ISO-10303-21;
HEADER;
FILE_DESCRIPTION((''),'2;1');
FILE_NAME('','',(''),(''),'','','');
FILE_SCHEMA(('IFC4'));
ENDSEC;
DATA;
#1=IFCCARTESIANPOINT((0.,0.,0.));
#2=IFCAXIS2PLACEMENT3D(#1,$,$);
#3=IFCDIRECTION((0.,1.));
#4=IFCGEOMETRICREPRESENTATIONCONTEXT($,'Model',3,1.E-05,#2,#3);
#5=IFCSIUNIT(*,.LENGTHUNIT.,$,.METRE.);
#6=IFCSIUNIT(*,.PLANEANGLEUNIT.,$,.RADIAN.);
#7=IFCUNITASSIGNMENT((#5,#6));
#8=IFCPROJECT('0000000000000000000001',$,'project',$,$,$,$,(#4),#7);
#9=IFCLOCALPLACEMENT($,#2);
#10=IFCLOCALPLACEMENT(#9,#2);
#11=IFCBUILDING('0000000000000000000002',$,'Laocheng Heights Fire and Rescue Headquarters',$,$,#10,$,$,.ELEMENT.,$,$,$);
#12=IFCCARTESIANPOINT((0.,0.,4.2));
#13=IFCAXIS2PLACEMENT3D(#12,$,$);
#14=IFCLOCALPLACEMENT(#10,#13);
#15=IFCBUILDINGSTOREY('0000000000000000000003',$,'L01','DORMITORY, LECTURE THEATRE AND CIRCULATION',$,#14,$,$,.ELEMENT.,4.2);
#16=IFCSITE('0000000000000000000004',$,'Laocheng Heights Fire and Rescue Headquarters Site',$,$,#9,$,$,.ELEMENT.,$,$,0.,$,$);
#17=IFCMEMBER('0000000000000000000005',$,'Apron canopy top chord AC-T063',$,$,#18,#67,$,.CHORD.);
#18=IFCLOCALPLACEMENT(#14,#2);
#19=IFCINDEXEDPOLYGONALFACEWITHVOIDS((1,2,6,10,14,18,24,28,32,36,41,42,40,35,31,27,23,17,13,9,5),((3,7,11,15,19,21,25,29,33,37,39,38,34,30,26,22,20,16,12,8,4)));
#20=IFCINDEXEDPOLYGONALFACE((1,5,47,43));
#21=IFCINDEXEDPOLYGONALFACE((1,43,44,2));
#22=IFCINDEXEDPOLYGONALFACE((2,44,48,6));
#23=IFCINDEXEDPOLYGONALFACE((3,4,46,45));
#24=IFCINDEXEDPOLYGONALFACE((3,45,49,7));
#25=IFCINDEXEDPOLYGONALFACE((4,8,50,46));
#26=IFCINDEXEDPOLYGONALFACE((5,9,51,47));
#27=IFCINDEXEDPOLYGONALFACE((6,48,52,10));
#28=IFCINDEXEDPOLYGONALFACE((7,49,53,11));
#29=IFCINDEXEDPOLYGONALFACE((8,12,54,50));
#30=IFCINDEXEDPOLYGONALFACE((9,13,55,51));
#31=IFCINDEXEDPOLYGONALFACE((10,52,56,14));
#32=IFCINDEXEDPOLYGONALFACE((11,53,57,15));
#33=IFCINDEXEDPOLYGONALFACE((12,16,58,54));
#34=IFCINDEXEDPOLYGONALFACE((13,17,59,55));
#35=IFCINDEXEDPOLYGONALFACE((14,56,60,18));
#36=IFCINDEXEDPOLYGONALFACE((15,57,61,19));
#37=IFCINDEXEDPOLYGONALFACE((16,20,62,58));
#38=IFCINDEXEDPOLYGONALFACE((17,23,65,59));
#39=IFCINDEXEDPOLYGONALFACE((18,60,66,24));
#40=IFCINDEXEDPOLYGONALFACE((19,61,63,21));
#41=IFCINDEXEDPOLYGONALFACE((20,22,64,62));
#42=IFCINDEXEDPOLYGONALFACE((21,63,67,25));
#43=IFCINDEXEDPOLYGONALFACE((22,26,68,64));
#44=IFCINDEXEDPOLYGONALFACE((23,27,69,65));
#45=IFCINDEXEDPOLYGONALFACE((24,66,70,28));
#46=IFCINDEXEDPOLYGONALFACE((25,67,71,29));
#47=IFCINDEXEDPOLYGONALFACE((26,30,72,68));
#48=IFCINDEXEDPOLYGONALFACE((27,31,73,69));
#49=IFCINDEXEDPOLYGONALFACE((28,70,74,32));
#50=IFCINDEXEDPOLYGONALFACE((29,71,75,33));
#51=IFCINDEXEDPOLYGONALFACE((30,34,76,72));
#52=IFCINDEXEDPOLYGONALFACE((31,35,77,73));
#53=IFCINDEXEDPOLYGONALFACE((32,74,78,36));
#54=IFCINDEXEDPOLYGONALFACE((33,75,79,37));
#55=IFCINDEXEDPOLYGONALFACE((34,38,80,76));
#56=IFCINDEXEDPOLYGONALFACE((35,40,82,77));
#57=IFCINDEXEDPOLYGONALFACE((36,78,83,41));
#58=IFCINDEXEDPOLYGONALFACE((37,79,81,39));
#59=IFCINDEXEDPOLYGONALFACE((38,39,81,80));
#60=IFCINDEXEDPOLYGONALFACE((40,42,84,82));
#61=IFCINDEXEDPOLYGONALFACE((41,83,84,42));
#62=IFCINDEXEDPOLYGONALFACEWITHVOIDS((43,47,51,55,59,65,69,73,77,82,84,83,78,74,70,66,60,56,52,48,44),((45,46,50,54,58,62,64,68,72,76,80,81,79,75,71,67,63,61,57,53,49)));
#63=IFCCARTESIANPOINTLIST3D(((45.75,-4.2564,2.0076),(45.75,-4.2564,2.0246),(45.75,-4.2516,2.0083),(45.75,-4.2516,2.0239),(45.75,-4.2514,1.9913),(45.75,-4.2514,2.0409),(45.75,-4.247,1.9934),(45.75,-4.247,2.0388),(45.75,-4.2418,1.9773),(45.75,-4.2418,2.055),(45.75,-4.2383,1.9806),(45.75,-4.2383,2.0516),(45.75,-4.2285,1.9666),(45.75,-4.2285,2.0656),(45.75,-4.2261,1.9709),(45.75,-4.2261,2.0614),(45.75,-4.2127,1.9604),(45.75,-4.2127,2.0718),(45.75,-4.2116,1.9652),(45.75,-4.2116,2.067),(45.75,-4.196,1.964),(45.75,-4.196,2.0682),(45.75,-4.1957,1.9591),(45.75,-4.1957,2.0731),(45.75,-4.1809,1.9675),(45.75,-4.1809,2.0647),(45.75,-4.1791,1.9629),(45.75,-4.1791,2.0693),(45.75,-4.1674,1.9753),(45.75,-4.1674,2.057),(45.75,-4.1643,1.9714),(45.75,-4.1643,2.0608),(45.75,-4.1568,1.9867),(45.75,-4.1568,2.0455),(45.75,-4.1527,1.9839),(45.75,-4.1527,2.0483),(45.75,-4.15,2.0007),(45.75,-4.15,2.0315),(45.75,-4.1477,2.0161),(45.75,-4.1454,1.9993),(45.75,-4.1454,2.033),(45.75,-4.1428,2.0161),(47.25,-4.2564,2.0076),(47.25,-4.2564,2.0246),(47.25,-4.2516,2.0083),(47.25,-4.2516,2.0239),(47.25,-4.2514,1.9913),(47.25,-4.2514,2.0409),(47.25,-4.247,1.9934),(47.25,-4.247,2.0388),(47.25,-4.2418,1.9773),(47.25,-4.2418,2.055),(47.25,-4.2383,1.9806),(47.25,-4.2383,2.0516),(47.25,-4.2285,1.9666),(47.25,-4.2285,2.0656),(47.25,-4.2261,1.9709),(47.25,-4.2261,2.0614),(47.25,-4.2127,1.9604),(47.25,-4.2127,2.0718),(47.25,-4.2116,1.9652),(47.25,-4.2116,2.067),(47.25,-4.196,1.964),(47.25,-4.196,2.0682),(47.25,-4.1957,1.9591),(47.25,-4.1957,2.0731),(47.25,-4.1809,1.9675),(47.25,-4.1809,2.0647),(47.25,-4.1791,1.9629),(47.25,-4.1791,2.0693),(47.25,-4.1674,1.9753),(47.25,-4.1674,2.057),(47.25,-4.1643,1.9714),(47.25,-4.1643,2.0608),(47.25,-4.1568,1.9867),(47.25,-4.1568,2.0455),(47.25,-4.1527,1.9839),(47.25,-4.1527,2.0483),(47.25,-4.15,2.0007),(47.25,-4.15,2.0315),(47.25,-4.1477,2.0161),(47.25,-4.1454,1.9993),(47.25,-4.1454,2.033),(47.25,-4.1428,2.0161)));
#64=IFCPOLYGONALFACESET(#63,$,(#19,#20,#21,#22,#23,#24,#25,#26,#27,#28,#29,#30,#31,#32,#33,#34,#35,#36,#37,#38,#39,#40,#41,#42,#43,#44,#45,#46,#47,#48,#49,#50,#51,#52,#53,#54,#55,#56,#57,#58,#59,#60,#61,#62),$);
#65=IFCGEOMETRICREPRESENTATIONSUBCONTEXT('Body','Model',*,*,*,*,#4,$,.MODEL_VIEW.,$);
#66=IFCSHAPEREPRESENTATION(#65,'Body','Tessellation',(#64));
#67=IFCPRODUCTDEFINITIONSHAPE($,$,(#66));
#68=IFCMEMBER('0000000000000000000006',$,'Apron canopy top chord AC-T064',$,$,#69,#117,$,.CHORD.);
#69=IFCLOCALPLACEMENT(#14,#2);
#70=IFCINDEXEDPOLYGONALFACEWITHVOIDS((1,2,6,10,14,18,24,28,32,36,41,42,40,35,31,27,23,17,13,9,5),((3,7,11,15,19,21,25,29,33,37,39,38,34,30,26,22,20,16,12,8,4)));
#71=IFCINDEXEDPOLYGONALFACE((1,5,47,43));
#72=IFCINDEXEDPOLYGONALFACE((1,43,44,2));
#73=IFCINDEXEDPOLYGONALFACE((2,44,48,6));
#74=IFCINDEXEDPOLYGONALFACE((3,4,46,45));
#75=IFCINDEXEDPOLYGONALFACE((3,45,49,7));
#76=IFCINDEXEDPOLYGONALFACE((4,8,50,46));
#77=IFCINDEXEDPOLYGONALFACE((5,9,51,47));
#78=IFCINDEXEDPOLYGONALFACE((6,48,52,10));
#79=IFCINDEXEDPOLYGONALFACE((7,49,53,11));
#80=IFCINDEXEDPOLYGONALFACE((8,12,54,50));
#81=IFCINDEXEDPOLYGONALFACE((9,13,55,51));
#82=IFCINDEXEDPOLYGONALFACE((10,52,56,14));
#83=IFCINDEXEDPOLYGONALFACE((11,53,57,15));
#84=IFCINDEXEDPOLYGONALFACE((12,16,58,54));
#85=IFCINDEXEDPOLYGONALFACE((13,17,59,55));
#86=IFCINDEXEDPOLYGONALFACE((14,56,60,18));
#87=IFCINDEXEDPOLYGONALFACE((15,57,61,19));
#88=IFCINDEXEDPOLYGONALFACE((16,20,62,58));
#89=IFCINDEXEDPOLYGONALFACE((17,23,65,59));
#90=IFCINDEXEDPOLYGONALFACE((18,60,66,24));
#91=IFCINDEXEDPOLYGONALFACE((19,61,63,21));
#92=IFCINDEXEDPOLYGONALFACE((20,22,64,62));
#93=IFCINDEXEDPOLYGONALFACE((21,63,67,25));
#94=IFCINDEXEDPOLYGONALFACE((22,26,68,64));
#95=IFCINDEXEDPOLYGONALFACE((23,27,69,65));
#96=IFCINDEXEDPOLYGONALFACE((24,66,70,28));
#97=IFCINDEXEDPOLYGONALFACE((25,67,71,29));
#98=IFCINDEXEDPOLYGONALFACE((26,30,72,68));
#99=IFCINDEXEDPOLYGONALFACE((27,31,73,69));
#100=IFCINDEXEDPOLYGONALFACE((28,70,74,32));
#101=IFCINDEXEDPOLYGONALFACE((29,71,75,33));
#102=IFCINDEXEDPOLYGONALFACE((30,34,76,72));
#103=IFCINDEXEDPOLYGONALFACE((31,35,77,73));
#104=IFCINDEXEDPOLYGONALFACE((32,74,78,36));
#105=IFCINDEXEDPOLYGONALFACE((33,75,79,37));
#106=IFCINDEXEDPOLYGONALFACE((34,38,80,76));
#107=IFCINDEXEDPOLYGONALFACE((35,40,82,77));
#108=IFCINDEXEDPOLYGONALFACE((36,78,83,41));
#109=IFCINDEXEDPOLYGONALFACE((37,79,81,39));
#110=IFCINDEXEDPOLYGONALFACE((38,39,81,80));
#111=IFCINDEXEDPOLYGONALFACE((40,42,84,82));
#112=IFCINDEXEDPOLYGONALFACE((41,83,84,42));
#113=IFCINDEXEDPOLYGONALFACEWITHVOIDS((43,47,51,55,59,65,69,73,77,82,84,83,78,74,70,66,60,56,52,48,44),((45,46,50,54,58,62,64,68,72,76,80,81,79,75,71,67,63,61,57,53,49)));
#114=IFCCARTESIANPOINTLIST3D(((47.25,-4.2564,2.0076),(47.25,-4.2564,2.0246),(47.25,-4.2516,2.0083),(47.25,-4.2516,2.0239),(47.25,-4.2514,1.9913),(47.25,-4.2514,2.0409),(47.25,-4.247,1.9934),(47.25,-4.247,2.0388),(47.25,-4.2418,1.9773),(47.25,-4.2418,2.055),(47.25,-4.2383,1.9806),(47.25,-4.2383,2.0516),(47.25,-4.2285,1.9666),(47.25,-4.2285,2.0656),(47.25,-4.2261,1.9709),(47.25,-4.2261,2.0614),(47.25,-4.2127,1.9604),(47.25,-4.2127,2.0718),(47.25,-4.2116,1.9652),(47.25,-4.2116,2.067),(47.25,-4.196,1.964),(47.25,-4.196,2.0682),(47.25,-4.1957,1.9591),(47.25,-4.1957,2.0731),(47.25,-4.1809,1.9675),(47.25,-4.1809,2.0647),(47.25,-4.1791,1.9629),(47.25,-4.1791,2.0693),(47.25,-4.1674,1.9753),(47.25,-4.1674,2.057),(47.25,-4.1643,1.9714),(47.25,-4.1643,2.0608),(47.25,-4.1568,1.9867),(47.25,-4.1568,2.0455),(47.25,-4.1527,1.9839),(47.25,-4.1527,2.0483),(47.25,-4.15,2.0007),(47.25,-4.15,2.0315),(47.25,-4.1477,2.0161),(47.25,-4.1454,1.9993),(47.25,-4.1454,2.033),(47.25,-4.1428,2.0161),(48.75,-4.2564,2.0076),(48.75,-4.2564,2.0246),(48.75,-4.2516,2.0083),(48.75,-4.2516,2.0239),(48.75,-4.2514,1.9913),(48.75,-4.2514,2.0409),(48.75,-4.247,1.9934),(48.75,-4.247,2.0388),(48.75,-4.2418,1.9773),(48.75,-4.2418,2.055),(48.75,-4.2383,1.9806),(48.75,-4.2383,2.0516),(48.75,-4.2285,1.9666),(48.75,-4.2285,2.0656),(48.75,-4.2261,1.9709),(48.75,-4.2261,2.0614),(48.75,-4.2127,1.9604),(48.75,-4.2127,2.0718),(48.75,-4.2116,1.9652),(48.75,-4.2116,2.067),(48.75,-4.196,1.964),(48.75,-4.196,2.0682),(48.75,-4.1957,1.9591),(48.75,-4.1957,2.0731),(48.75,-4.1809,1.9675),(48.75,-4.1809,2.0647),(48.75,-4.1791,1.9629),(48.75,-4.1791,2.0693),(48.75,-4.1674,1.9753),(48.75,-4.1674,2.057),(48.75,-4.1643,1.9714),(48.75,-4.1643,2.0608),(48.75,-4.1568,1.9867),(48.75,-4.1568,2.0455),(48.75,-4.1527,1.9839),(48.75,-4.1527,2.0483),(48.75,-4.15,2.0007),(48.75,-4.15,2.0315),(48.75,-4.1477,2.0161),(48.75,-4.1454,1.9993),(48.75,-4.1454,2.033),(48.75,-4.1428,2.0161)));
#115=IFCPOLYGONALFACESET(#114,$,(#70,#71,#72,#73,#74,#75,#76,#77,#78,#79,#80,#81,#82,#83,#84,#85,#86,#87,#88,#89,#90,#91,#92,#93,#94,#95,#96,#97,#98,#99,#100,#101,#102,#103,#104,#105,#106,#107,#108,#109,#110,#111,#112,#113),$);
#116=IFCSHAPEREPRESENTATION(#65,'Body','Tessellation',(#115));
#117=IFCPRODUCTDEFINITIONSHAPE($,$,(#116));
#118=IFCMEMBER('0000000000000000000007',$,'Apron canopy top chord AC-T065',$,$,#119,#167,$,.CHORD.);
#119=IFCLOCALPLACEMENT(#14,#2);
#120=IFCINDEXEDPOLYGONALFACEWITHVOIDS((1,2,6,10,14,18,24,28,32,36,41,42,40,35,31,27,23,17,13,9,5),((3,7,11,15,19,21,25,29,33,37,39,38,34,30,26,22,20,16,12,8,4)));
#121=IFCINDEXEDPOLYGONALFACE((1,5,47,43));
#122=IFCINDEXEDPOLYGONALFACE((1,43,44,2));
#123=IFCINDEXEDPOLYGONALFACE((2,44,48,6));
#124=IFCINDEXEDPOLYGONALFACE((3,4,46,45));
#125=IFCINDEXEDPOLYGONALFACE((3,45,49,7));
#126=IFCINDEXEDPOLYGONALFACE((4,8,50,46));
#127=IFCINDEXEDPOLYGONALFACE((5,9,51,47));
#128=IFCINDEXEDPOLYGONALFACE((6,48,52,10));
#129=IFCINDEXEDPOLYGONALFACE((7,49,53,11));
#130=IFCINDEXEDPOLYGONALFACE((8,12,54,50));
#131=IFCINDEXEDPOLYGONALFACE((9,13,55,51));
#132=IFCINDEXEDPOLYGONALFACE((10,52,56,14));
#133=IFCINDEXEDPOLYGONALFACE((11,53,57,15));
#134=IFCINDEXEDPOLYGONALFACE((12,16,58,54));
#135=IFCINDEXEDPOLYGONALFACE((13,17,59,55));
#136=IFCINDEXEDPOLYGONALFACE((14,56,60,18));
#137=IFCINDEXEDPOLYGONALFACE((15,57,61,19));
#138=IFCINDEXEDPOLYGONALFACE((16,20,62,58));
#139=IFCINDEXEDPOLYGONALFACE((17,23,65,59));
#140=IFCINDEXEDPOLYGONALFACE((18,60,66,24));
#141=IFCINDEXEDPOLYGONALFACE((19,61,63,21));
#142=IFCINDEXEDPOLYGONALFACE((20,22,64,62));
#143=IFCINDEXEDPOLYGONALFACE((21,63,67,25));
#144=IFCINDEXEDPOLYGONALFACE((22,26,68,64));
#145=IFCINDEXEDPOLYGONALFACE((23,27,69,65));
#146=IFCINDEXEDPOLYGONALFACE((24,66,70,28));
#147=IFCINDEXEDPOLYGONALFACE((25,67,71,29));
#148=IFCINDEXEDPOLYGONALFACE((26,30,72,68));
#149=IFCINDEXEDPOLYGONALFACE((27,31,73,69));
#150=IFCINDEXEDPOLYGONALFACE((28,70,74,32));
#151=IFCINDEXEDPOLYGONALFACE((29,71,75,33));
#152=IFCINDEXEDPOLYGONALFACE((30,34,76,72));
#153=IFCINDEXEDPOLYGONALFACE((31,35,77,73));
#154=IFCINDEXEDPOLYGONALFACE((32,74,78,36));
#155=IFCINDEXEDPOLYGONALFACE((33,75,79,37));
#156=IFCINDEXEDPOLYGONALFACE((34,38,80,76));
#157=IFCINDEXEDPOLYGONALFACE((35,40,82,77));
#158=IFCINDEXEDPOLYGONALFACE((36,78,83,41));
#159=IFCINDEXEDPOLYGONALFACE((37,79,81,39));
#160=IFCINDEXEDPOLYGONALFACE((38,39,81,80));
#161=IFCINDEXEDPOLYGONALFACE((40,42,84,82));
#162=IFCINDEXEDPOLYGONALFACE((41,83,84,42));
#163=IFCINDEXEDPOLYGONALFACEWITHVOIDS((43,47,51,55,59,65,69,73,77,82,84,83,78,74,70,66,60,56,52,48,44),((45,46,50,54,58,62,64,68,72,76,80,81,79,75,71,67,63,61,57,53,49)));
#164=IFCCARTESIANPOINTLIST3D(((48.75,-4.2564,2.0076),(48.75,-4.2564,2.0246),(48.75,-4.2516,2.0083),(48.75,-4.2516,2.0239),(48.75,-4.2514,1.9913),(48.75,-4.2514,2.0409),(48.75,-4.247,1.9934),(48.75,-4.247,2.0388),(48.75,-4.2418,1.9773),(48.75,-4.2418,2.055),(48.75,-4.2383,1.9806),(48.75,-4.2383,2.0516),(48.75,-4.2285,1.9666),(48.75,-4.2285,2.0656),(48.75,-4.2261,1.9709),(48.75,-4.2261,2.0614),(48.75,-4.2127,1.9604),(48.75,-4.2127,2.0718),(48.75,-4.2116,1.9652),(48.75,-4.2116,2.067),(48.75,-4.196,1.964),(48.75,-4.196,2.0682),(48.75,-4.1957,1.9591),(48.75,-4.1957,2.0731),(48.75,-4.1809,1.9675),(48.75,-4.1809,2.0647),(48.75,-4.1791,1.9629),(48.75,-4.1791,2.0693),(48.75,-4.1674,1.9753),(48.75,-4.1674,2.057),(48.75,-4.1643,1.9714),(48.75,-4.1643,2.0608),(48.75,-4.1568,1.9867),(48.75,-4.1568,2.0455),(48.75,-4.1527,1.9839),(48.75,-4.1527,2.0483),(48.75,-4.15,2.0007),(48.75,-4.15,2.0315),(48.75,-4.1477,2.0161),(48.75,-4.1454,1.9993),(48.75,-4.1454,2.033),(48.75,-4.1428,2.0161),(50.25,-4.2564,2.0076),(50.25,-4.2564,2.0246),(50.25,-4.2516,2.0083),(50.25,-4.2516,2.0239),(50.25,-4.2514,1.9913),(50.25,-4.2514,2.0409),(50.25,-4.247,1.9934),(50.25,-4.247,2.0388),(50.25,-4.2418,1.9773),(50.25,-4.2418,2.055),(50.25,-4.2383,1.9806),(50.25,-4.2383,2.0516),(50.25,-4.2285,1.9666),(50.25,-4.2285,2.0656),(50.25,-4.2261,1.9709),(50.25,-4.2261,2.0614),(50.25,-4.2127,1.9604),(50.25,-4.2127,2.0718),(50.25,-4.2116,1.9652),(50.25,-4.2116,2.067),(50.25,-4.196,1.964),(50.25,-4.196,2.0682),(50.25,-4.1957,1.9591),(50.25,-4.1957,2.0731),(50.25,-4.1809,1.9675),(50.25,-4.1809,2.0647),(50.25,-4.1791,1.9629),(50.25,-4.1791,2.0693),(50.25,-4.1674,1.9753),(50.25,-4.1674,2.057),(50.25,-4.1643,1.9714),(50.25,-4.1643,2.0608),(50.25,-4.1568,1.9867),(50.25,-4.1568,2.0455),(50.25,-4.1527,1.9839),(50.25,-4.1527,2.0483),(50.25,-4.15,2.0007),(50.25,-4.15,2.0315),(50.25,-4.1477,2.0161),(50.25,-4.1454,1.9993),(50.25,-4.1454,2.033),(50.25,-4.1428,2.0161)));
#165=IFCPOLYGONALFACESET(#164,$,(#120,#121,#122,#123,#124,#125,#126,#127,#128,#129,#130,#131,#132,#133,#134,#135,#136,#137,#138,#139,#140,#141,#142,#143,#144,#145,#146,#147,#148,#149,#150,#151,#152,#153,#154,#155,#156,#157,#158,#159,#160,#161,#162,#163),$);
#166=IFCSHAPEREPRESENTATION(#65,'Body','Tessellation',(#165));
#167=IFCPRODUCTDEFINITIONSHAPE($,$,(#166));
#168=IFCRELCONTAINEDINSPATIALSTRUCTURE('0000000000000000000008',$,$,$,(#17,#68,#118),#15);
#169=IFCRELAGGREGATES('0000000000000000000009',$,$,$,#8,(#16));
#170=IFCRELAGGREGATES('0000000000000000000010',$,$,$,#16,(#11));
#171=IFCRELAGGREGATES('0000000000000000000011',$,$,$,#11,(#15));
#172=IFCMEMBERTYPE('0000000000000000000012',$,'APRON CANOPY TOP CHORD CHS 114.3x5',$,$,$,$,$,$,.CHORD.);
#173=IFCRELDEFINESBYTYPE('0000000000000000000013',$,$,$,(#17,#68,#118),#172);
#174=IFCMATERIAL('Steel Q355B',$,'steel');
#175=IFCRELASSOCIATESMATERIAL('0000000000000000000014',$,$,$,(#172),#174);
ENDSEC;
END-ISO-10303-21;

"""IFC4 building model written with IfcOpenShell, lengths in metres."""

from ifc_helpers import new_model, si_unit, direction, frame, origin, origin_2d, place, context, subcontext, project, spatial, hollow_circle, extrude, material, material_profile, profile_set, type_object, element, save


model = new_model("IFC4")

# Units and contexts
model_context = context("Model", 3, precision=1e-05, world=origin(), true_north=direction((0.0, 1.0)))
body_context = subcontext(model_context, "Body", "Model", "MODEL_VIEW")
ifc_project = project(units=[si_unit("LENGTHUNIT", "METRE"), si_unit("PLANEANGLEUNIT", "RADIAN")], contexts=[model_context])

# Site, building, storey
site_placement = place(None, origin())
site = spatial("IfcSite", under=ifc_project, at=site_placement, Name="Laocheng Heights Fire and Rescue Headquarters Site", CompositionType="ELEMENT", RefElevation=0.0)
building_placement = place(site_placement, origin())
building = spatial("IfcBuilding", under=site, at=building_placement, Name="Laocheng Heights Fire and Rescue Headquarters", CompositionType="ELEMENT")
storey_placement = place(building_placement, frame((0.0, 0.0, 4.2)))
storey = spatial("IfcBuildingStorey", under=building, at=storey_placement, Name="L01", Description="DORMITORY, LECTURE THEATRE AND CIRCULATION", CompositionType="ELEMENT", Elevation=4.2)

# Members
ifc_material_1 = material(Name="Steel Q355B", Category="steel")
ifc_material_profile_1 = material_profile(ifc_material_1, hollow_circle(Radius=0.0571, WallThickness=0.0049, at=origin_2d()), Name="CHS 114.3x5")
ifc_profile_set_1 = profile_set([ifc_material_profile_1], Name="Steel Q355B")
member_type = type_object("IfcMemberType", Name="APRON CANOPY TOP CHORD CHS 114.3x5", PredefinedType="CHORD", material=ifc_profile_set_1)
for number, where, z_axis, x_axis, name in (
    (1, (45.75, -4.2, 2.0161), (1.0, 0.0, 0.0), (0.0, 1.0, 0.0), "Apron canopy top chord AC-T063"),
    (2, (47.25, -4.2, 2.0161), (1.0, 0.0, 0.0), (0.0, 1.0, 0.0), "Apron canopy top chord AC-T064"),
    (3, (48.75, -4.2, 2.0161), (1.0, 0.0, 0.0), (0.0, 1.0, 0.0), "Apron canopy top chord AC-T065"),
):
    element("IfcMember", number, at=place(storey_placement, frame(where, z_axis=z_axis, x_axis=x_axis)), inside=storey, type_object=member_type, Name=name, PredefinedType="CHORD", context=body_context, shape_type="SweptSolid", body=[
        extrude(hollow_circle(Radius=0.0571, WallThickness=0.0049, at=origin_2d()), origin(), (0.0, 0.0, 1.0), 1.5),
    ])

save(model, "model.ifc")
